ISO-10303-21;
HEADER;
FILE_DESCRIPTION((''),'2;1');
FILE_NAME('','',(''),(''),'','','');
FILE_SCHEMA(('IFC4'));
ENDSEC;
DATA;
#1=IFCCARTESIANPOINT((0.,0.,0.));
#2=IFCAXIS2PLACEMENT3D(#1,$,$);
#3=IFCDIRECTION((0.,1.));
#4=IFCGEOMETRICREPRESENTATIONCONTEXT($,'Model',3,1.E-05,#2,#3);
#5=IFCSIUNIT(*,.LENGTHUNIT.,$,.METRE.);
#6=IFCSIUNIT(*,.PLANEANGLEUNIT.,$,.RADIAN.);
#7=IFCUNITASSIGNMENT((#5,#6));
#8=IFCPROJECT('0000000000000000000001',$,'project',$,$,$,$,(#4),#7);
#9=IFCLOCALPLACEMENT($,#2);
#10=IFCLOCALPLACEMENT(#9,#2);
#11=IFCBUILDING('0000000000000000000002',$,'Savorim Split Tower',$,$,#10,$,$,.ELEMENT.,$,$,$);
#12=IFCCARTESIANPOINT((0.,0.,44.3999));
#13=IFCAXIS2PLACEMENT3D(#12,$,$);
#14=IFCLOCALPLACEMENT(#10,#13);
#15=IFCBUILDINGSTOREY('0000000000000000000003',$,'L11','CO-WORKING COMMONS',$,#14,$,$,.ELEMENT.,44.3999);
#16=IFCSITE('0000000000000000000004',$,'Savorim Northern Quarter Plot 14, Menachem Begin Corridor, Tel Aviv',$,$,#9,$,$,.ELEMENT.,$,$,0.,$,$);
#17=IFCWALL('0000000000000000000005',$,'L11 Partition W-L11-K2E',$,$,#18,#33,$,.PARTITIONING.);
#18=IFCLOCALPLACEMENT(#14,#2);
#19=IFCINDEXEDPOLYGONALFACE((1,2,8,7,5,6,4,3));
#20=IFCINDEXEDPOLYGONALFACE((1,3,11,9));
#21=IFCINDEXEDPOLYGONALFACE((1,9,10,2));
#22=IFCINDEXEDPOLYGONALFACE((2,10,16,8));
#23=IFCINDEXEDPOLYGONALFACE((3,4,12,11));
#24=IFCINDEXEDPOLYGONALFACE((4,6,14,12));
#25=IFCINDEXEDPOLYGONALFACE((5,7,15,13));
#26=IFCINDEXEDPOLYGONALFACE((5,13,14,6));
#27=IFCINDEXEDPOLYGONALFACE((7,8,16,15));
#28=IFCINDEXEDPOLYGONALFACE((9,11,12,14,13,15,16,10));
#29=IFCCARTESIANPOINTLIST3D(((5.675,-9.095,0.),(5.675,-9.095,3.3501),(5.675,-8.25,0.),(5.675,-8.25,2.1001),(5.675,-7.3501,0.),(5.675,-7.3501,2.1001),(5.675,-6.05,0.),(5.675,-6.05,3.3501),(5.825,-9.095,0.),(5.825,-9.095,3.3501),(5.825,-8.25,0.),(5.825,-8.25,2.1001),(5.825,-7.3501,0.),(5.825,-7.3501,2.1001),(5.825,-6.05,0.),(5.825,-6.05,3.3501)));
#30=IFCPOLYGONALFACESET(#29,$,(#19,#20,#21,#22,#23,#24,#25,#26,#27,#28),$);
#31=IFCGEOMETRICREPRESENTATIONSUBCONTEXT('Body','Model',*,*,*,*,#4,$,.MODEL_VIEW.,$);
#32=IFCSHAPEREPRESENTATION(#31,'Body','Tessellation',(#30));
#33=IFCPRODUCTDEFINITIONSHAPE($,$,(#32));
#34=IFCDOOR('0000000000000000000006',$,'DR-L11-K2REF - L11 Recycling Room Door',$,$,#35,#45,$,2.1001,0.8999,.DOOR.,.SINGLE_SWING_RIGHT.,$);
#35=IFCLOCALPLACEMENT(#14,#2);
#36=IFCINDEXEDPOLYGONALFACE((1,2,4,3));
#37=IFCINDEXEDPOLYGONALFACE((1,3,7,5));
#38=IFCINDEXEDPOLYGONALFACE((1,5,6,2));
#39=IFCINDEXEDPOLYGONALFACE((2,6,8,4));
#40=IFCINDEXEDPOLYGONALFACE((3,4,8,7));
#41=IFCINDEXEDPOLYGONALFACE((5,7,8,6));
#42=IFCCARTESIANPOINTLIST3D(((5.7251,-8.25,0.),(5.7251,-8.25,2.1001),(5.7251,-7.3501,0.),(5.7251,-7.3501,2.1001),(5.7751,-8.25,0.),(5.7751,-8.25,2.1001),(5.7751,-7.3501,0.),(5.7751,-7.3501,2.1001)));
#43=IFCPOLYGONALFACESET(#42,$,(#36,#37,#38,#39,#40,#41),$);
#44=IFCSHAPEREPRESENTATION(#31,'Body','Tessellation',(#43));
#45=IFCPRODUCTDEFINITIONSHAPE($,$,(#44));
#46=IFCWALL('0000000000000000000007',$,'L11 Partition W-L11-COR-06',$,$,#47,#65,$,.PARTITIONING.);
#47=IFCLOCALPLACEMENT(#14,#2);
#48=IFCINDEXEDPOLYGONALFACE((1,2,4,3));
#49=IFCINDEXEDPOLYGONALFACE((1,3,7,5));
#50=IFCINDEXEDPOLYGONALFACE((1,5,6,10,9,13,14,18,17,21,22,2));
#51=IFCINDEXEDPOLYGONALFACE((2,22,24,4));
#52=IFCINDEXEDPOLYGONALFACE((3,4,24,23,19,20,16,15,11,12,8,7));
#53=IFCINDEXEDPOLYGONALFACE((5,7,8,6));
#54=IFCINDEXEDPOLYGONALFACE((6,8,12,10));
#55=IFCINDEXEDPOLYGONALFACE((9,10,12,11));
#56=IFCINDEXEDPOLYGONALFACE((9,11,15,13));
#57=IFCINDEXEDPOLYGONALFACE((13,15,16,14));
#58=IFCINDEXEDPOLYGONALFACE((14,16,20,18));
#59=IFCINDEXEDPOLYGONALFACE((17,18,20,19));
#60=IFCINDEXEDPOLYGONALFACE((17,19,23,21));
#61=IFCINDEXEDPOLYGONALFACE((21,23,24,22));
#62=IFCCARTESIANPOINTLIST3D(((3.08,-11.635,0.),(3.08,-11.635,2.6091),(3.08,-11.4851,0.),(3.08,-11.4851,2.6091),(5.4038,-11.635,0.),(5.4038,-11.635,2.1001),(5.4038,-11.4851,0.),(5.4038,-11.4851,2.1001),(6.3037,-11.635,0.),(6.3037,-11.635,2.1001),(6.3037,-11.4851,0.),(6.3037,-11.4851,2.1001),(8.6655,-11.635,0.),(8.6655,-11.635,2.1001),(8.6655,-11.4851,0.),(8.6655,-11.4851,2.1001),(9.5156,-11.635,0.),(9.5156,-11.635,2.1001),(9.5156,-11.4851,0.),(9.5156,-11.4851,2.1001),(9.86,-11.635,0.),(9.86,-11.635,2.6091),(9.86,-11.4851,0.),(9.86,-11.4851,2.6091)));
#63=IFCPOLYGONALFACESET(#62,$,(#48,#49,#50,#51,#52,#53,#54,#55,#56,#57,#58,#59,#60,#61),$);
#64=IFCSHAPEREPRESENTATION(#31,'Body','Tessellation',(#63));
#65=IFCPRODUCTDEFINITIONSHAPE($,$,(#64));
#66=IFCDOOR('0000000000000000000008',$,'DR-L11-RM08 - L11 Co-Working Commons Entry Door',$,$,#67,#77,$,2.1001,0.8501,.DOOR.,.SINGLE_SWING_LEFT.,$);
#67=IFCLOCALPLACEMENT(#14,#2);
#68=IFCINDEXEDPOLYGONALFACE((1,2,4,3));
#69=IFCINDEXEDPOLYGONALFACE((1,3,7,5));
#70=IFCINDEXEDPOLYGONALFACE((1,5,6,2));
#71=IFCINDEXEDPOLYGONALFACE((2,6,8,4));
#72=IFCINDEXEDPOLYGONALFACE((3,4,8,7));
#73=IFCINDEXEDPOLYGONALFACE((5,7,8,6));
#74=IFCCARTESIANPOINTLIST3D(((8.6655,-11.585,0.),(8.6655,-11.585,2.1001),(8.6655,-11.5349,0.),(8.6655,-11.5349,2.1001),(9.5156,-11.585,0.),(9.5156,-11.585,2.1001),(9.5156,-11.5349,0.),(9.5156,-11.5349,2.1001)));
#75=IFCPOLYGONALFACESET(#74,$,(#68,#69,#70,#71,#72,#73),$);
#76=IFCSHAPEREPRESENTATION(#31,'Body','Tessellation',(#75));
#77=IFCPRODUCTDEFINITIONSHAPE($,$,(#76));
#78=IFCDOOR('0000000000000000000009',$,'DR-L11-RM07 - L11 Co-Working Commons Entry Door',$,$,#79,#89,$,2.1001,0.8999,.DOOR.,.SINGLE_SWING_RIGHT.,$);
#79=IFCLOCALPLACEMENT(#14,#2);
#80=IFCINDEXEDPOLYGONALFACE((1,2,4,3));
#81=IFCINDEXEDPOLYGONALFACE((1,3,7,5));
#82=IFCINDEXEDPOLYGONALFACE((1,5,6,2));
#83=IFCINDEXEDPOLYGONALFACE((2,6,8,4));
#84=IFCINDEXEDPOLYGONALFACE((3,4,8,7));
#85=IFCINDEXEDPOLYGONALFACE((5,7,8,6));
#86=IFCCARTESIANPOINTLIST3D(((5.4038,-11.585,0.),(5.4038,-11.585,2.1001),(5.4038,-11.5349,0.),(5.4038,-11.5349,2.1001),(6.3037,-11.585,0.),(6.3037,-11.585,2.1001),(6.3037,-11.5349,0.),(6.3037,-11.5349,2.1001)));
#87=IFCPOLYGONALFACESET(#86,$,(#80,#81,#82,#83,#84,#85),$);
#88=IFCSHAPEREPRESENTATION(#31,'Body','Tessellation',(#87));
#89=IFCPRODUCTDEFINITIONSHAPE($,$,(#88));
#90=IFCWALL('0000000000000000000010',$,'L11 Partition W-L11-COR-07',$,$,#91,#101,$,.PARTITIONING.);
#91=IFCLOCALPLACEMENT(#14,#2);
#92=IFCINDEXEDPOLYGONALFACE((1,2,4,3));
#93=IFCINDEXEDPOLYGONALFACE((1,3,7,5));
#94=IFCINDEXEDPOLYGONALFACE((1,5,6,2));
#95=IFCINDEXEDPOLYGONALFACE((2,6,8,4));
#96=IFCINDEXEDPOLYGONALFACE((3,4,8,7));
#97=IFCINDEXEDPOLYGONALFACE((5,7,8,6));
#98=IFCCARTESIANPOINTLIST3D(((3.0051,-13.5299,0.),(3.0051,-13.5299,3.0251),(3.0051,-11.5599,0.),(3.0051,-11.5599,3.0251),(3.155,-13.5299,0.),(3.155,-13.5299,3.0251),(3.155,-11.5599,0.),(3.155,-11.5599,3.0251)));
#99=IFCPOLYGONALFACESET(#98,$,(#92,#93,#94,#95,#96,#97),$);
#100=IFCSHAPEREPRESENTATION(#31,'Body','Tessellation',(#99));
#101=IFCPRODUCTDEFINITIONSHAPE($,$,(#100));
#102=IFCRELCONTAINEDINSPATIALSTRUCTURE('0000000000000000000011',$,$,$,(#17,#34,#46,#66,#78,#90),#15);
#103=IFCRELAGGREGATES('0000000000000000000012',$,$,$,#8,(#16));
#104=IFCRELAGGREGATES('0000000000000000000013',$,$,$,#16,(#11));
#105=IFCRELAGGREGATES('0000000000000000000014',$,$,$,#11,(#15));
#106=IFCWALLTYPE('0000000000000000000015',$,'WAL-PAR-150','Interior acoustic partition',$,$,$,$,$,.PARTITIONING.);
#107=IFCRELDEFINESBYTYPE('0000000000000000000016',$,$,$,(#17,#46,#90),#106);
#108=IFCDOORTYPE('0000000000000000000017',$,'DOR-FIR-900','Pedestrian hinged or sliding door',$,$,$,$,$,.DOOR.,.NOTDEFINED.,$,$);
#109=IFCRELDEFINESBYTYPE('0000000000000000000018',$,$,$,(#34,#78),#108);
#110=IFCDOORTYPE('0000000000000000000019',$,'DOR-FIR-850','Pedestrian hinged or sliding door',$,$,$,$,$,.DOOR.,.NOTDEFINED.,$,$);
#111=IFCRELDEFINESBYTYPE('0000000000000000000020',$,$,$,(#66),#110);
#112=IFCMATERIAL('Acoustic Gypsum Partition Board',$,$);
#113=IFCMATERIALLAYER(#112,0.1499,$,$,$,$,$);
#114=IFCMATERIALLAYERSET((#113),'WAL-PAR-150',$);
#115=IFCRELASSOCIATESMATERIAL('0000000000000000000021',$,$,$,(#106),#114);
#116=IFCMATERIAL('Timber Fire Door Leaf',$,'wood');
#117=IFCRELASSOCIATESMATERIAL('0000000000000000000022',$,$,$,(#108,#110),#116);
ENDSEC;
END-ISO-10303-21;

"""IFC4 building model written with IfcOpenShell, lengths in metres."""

from ifc_helpers import new_model, si_unit, direction, frame, frame_2d, origin, place, context, subcontext, project, spatial, rectangle, extrude, material, layer, layer_set, type_object, element, fill, save


model = new_model("IFC4")

# Units and contexts
model_context = context("Model", 3, precision=1e-05, world=origin(), true_north=direction((0.0, 1.0)))
body_context = subcontext(model_context, "Body", "Model", "MODEL_VIEW")
ifc_project = project(units=[si_unit("LENGTHUNIT", "METRE"), si_unit("PLANEANGLEUNIT", "RADIAN")], contexts=[model_context])

# Site, building, storey
site_placement = place(None, origin())
site = spatial("IfcSite", under=ifc_project, at=site_placement, Name="Savorim Northern Quarter Plot 14, Menachem Begin Corridor, Tel Aviv", CompositionType="ELEMENT", RefElevation=0.0)
building_placement = place(site_placement, origin())
building = spatial("IfcBuilding", under=site, at=building_placement, Name="Savorim Split Tower", CompositionType="ELEMENT")
storey_placement = place(building_placement, frame((0.0, 0.0, 44.3999)))
storey = spatial("IfcBuildingStorey", under=building, at=storey_placement, Name="L11", Description="CO-WORKING COMMONS", CompositionType="ELEMENT", Elevation=44.3999)

# Shared definitions
ifc_material_1 = material(Name="Acoustic Gypsum Partition Board")
ifc_layer_1 = layer(ifc_material_1, 0.1499)
ifc_layer_set_1 = layer_set([ifc_layer_1], Name="WAL-PAR-150")
wall_type_1 = type_object("IfcWallType", Name="WAL-PAR-150", Description="Interior acoustic partition", PredefinedType="PARTITIONING", material=ifc_layer_set_1)

# Wall, opening, door
ifc_material_2 = material(Name="Timber Fire Door Leaf", Category="wood")
door_type_1 = type_object("IfcDoorType", Name="DOR-FIR-900", Description="Pedestrian hinged or sliding door", OperationType="NOTDEFINED", PredefinedType="DOOR", material=ifc_material_2)
wall_1_placement = place(storey_placement, frame((5.75, -9.095, 0.0), z_axis=(0.0, 0.0, 1.0), x_axis=(0.0, 1.0, 0.0)))
wall_1 = element("IfcWall", 1, at=wall_1_placement, inside=storey, type_object=wall_type_1, Name="L11 Partition W-L11-K2E", PredefinedType="PARTITIONING", context=body_context, shape_type="SweptSolid", body=[
    extrude(rectangle(XDim=3.0449, YDim=0.1499, at=frame_2d((1.5225, 0.0))), origin(), (0.0, 0.0, 1.0), 3.3501),
])
opening_1_placement = place(wall_1_placement, frame((0.845, 0.0, 0.0)))
opening_1 = element("IfcOpeningElement", 2, at=opening_1_placement, cuts=wall_1, PredefinedType="OPENING", context=body_context, shape_type="SweptSolid", body=[
    extrude(rectangle(XDim=0.8999, YDim=2.1001, at=frame_2d((0.45, 1.05))), frame((0.0, 0.085, 0.0), z_axis=(0.0, -1.0, 0.0), x_axis=(1.0, 0.0, 0.0)), (0.0, 0.0, 1.0), 0.1699),
])
door_1_placement = place(opening_1_placement, origin())
door_1 = element("IfcDoor", 3, at=door_1_placement, inside=storey, type_object=door_type_1, Name="DR-L11-K2REF - L11 Recycling Room Door", OperationType="SINGLE_SWING_RIGHT", OverallHeight=2.1001, OverallWidth=0.8999, PredefinedType="DOOR", context=body_context, shape_type="SweptSolid", body=[
    extrude(rectangle(XDim=0.8999, YDim=2.1001, at=frame_2d((0.45, 1.05))), frame((0.0, 0.0249, 0.0), z_axis=(0.0, -1.0, 0.0), x_axis=(1.0, 0.0, 0.0)), (0.0, 0.0, 1.0), 0.05),
])
fill(opening_1, door_1)

# Wall, openings, doors
wall_2_placement = place(storey_placement, frame((9.8601, -11.5601, 0.0), z_axis=(0.0, 0.0, 1.0), x_axis=(-1.0, 0.0, 0.0)))
wall_2 = element("IfcWall", 4, at=wall_2_placement, inside=storey, type_object=wall_type_1, Name="L11 Partition W-L11-COR-06", PredefinedType="PARTITIONING", context=body_context, shape_type="SweptSolid", body=[
    extrude(rectangle(XDim=6.78, YDim=0.1499, at=frame_2d((3.3901, 0.0))), origin(), (0.0, 0.0, 1.0), 2.6091),
])
opening_2_placement = place(wall_2_placement, frame((3.5564, 0.0, 0.0)))
opening_2 = element("IfcOpeningElement", 5, at=opening_2_placement, cuts=wall_2, PredefinedType="OPENING", context=body_context, shape_type="SweptSolid", body=[
    extrude(rectangle(XDim=0.8999, YDim=2.1001, at=frame_2d((0.45, 1.05))), frame((0.0, 0.085, 0.0), z_axis=(0.0, -1.0, 0.0), x_axis=(1.0, 0.0, 0.0)), (0.0, 0.0, 1.0), 0.1699),
])
opening_3_placement = place(wall_2_placement, frame((0.3445, 0.0, 0.0)))
opening_3 = element("IfcOpeningElement", 6, at=opening_3_placement, cuts=wall_2, PredefinedType="OPENING", context=body_context, shape_type="SweptSolid", body=[
    extrude(rectangle(XDim=0.8501, YDim=2.1001, at=frame_2d((0.425, 1.05))), frame((0.0, 0.085, 0.0), z_axis=(0.0, -1.0, 0.0), x_axis=(1.0, 0.0, 0.0)), (0.0, 0.0, 1.0), 0.1699),
])
door_type_2 = type_object("IfcDoorType", Name="DOR-FIR-850", Description="Pedestrian hinged or sliding door", OperationType="NOTDEFINED", PredefinedType="DOOR", material=ifc_material_2)
door_2_placement = place(opening_3_placement, origin())
door_2 = element("IfcDoor", 7, at=door_2_placement, inside=storey, type_object=door_type_2, Name="DR-L11-RM08 - L11 Co-Working Commons Entry Door", OperationType="SINGLE_SWING_LEFT", OverallHeight=2.1001, OverallWidth=0.8501, PredefinedType="DOOR", context=body_context, shape_type="SweptSolid", body=[
    extrude(rectangle(XDim=0.8501, YDim=2.1001, at=frame_2d((0.425, 1.05))), frame((0.0, 0.0249, 0.0), z_axis=(0.0, -1.0, 0.0), x_axis=(1.0, 0.0, 0.0)), (0.0, 0.0, 1.0), 0.05),
])
fill(opening_3, door_2)
door_3_placement = place(opening_2_placement, origin())
door_3 = element("IfcDoor", 8, at=door_3_placement, inside=storey, type_object=door_type_1, Name="DR-L11-RM07 - L11 Co-Working Commons Entry Door", OperationType="SINGLE_SWING_RIGHT", OverallHeight=2.1001, OverallWidth=0.8999, PredefinedType="DOOR", context=body_context, shape_type="SweptSolid", body=[
    extrude(rectangle(XDim=0.8999, YDim=2.1001, at=frame_2d((0.45, 1.05))), frame((0.0, 0.0249, 0.0), z_axis=(0.0, -1.0, 0.0), x_axis=(1.0, 0.0, 0.0)), (0.0, 0.0, 1.0), 0.05),
])
fill(opening_2, door_3)

# Wall
wall_3_placement = place(storey_placement, frame((3.0801, -11.5601, 0.0), z_axis=(0.0, 0.0, 1.0), x_axis=(0.0, -1.0, 0.0)))
element("IfcWall", 9, at=wall_3_placement, inside=storey, type_object=wall_type_1, Name="L11 Partition W-L11-COR-07", PredefinedType="PARTITIONING", context=body_context, shape_type="SweptSolid", body=[
    extrude(rectangle(XDim=1.97, YDim=0.1499, at=frame_2d((0.9849, 0.0))), origin(), (0.0, 0.0, 1.0), 3.0251),
])

save(model, "model.ifc")
